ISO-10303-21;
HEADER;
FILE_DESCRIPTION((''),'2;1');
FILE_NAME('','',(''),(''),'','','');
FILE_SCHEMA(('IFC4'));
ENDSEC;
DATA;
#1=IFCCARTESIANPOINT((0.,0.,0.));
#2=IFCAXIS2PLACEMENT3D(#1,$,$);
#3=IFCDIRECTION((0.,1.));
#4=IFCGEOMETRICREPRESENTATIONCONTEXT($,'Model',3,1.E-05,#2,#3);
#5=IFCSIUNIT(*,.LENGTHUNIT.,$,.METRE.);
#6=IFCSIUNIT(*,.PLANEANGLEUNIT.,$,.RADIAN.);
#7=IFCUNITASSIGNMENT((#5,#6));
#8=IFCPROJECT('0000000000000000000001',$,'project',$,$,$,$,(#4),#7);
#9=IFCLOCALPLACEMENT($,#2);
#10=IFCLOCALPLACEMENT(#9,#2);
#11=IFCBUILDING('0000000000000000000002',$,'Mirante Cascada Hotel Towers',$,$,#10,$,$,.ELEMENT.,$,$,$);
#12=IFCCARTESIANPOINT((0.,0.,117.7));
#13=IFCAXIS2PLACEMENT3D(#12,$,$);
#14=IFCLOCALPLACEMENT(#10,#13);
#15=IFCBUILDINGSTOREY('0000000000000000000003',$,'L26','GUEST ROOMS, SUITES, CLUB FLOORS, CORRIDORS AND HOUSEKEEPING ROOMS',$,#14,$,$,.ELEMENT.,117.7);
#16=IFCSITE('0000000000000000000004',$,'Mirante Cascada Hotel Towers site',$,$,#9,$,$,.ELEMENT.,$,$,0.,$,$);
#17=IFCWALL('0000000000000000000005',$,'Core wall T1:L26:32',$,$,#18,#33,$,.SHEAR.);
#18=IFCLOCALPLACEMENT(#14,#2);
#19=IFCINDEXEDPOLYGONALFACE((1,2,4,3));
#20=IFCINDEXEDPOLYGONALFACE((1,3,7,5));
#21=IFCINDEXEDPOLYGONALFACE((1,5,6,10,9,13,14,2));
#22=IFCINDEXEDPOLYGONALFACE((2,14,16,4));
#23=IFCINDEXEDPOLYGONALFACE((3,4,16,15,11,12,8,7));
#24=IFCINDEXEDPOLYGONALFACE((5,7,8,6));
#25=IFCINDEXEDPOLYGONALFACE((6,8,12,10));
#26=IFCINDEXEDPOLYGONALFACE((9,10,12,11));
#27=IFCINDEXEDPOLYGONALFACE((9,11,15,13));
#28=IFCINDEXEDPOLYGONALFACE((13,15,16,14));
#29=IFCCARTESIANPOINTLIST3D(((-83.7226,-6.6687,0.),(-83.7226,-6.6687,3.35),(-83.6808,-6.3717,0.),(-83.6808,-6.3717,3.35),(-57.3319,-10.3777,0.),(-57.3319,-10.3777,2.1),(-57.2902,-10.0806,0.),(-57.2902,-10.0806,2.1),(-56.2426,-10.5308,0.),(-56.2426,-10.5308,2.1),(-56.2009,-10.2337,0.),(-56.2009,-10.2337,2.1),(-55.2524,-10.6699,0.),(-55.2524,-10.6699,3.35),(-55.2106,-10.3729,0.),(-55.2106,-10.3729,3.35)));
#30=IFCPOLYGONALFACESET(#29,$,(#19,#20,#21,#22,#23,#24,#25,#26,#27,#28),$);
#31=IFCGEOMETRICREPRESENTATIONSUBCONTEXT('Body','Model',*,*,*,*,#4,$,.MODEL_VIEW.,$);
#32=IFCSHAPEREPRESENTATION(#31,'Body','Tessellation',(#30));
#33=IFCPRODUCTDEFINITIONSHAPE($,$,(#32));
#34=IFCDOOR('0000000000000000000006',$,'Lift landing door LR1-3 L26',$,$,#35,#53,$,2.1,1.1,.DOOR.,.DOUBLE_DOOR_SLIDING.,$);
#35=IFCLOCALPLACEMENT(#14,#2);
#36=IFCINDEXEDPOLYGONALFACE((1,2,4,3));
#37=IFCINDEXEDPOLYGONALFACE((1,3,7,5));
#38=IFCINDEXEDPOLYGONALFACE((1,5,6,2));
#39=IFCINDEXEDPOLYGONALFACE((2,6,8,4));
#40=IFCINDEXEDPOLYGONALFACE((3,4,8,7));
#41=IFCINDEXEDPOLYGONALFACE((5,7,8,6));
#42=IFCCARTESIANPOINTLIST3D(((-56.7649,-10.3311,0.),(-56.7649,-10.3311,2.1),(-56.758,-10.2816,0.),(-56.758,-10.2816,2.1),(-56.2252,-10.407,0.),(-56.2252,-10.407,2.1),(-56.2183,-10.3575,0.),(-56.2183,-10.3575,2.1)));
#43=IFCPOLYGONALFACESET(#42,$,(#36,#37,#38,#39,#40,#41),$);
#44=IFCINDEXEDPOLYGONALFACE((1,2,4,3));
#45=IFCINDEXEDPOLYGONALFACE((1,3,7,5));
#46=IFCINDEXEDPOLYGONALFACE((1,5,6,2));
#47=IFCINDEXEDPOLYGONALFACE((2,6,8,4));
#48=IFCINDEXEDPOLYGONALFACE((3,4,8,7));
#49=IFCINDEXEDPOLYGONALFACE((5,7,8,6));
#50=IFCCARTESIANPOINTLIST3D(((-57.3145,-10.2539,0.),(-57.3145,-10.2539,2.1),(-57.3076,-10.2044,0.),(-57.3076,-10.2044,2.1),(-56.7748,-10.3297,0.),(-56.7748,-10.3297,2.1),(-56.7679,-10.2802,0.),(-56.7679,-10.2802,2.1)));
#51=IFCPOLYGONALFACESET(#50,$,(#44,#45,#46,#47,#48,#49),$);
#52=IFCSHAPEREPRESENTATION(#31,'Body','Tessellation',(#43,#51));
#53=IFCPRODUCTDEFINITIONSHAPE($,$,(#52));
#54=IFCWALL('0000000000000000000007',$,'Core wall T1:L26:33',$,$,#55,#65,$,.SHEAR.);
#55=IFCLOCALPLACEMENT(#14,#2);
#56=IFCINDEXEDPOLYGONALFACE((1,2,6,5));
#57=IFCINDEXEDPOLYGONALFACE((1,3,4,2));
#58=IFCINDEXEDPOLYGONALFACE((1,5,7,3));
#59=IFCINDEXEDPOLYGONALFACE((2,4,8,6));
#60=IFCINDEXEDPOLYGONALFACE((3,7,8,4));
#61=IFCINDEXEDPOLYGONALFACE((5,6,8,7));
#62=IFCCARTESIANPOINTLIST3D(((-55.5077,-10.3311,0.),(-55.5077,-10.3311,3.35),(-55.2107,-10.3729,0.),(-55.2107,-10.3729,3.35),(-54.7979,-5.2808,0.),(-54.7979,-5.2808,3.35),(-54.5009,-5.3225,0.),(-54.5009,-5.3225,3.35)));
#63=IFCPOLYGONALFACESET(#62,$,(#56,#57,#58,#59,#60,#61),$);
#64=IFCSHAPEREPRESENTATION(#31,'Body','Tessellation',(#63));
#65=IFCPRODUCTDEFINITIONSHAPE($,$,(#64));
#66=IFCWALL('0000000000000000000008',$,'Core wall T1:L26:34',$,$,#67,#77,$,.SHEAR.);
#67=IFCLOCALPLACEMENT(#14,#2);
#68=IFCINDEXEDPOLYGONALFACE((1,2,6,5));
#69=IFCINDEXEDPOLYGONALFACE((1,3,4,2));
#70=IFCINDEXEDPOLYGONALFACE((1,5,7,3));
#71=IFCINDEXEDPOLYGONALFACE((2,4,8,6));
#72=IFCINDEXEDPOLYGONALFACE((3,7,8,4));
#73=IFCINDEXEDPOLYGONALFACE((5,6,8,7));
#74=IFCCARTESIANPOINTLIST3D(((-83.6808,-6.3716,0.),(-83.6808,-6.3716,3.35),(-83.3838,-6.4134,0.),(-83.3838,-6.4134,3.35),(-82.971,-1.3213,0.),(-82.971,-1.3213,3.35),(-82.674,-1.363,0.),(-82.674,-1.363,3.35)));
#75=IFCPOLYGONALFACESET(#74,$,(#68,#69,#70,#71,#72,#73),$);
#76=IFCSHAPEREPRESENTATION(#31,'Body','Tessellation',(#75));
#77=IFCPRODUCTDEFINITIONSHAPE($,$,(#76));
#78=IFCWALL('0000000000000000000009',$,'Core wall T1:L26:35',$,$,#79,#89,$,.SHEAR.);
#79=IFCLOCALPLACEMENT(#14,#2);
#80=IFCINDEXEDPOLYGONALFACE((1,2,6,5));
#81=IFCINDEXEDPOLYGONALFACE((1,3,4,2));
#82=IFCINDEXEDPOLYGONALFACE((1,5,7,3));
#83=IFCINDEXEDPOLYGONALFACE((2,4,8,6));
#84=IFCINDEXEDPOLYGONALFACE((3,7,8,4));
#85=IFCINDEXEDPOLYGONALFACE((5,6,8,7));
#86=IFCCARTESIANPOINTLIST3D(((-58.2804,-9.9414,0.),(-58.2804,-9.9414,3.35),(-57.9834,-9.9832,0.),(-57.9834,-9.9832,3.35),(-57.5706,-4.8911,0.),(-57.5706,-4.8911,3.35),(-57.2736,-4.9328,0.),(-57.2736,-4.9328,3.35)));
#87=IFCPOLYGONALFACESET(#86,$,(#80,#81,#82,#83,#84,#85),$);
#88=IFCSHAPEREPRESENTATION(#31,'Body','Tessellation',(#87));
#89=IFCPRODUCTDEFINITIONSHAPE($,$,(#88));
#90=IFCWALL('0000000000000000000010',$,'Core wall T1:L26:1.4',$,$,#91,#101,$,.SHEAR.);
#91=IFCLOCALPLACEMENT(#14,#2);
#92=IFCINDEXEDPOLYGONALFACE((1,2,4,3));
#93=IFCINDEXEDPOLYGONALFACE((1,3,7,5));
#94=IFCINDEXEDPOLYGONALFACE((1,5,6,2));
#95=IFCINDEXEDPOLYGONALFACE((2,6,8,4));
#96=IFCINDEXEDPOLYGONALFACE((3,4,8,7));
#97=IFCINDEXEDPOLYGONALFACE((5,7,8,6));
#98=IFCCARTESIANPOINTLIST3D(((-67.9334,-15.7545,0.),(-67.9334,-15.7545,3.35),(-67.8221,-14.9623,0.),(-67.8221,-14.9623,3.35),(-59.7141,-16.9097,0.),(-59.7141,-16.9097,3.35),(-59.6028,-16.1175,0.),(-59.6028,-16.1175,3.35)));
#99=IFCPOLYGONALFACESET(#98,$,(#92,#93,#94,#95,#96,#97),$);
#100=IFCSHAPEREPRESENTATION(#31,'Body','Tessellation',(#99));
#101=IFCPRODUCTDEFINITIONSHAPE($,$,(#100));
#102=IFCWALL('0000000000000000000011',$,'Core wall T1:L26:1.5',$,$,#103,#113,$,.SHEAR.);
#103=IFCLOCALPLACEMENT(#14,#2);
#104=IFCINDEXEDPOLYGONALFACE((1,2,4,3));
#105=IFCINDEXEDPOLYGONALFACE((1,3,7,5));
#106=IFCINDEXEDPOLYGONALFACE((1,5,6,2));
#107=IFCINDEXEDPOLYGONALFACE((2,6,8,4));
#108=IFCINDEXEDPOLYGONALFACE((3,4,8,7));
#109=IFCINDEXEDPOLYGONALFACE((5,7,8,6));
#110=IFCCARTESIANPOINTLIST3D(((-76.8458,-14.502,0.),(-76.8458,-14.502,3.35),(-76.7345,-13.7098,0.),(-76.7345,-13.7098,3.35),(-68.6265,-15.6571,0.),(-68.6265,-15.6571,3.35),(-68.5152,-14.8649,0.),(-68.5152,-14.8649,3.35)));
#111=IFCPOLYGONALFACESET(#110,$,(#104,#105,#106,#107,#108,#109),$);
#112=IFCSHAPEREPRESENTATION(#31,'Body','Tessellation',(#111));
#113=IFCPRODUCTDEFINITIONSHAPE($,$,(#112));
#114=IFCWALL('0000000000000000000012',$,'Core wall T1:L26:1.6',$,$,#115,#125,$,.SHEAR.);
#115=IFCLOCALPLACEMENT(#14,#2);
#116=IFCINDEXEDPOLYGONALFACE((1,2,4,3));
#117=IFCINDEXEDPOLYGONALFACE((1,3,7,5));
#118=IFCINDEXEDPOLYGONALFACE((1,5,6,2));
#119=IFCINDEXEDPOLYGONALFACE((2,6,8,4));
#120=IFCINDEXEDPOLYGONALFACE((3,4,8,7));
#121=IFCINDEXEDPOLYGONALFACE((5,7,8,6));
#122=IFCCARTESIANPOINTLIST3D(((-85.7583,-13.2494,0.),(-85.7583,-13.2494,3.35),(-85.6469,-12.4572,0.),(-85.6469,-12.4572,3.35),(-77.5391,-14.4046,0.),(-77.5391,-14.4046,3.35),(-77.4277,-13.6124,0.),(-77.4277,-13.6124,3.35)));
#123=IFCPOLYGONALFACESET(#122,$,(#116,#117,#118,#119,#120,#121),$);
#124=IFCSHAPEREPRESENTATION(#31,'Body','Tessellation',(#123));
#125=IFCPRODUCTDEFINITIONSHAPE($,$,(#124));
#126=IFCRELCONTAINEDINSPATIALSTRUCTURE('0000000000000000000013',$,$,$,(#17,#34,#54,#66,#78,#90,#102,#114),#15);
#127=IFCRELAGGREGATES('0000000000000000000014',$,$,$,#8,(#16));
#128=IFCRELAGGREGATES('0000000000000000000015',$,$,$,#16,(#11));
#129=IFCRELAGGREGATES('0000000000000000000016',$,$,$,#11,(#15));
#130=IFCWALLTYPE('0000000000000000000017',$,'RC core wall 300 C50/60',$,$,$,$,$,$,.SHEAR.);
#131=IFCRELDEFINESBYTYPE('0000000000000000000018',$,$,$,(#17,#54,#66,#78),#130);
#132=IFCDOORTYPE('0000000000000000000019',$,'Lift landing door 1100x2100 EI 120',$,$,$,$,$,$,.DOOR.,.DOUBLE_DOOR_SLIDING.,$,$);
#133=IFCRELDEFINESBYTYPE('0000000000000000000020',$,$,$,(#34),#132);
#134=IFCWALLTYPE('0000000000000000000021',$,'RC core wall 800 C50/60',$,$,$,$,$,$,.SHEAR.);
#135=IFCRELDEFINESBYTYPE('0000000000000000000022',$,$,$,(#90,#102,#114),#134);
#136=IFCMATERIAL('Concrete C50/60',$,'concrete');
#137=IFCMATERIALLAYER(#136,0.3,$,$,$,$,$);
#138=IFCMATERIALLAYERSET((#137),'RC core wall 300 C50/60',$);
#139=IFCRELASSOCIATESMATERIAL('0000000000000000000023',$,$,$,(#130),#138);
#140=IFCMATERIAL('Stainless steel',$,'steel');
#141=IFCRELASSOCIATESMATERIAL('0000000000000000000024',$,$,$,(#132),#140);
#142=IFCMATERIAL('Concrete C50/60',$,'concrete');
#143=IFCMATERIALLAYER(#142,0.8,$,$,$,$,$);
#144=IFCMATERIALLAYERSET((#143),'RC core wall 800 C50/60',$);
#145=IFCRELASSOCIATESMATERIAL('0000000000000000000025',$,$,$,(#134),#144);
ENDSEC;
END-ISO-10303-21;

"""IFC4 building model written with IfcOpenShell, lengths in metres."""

from ifc_helpers import new_model, si_unit, direction, frame, frame_2d, origin, place, context, subcontext, project, spatial, rectangle, extrude, material, layer, layer_set, type_object, element, fill, save


model = new_model("IFC4")

# Units and contexts
model_context = context("Model", 3, precision=1e-05, world=origin(), true_north=direction((0.0, 1.0)))
body_context = subcontext(model_context, "Body", "Model", "MODEL_VIEW")
ifc_project = project(units=[si_unit("LENGTHUNIT", "METRE"), si_unit("PLANEANGLEUNIT", "RADIAN")], contexts=[model_context])

# Site, building, storey
site_placement = place(None, origin())
site = spatial("IfcSite", under=ifc_project, at=site_placement, Name="Mirante Cascada Hotel Towers site", CompositionType="ELEMENT", RefElevation=0.0)
building_placement = place(site_placement, origin())
building = spatial("IfcBuilding", under=site, at=building_placement, Name="Mirante Cascada Hotel Towers", CompositionType="ELEMENT")
storey_placement = place(building_placement, frame((0.0, 0.0, 117.7)))
storey = spatial("IfcBuildingStorey", under=building, at=storey_placement, Name="L26", Description="GUEST ROOMS, SUITES, CLUB FLOORS, CORRIDORS AND HOUSEKEEPING ROOMS", CompositionType="ELEMENT", Elevation=117.7)

# Shared definitions
ifc_material_1 = material(Name="Concrete C50/60", Category="concrete")
ifc_layer_1 = layer(ifc_material_1, 0.3)
ifc_layer_set_1 = layer_set([ifc_layer_1], Name="RC core wall 300 C50/60")
wall_type_1 = type_object("IfcWallType", Name="RC core wall 300 C50/60", PredefinedType="SHEAR", material=ifc_layer_set_1)

# Wall, opening, door
wall_1_placement = place(storey_placement, frame((-55.2315, -10.5214, 0.0), z_axis=(0.0, 0.0, 1.0), x_axis=(-0.990268, 0.139172, 0.0)))
wall_1 = element("IfcWall", 1, at=wall_1_placement, inside=storey, type_object=wall_type_1, Name="Core wall T1:L26:32", PredefinedType="SHEAR", context=body_context, shape_type="SweptSolid", body=[
    extrude(rectangle(XDim=28.75, YDim=0.3, at=frame_2d((14.375, 0.0))), origin(), (0.0, 0.0, 1.0), 3.35),
])
opening_1_placement = place(wall_1_placement, frame((1.0, 0.0, 0.0)))
opening_1 = element("IfcOpeningElement", 2, at=opening_1_placement, cuts=wall_1, PredefinedType="OPENING", context=body_context, shape_type="SweptSolid", body=[
    extrude(rectangle(XDim=1.1, YDim=2.1, at=frame_2d((0.55, 1.05))), frame((0.0, 0.15, 0.0), z_axis=(0.0, -1.0, 0.0), x_axis=(1.0, 0.0, 0.0)), (0.0, 0.0, 1.0), 0.3),
])
ifc_material_2 = material(Name="Stainless steel", Category="steel")
door_type_1 = type_object("IfcDoorType", Name="Lift landing door 1100x2100 EI 120", OperationType="DOUBLE_DOOR_SLIDING", PredefinedType="DOOR", material=ifc_material_2)
door_1_placement = place(opening_1_placement, origin())
door_1 = element("IfcDoor", 3, at=door_1_placement, inside=storey, type_object=door_type_1, Name="Lift landing door LR1-3 L26", OperationType="DOUBLE_DOOR_SLIDING", OverallHeight=2.1, OverallWidth=1.1, PredefinedType="DOOR", context=body_context, shape_type="SweptSolid", body=[
    extrude(rectangle(XDim=0.545, YDim=2.1, at=frame_2d((0.2725, 1.05))), frame((0.0, 0.025, 0.0), z_axis=(0.0, -1.0, 0.0), x_axis=(1.0, 0.0, 0.0)), (0.0, 0.0, 1.0), 0.05),
    extrude(rectangle(XDim=0.545, YDim=2.1, at=frame_2d((0.8275, 1.05))), frame((0.0, 0.025, 0.0), z_axis=(0.0, -1.0, 0.0), x_axis=(1.0, 0.0, 0.0)), (0.0, 0.0, 1.0), 0.05),
])
fill(opening_1, door_1)

# Walls
for number, where, z_axis, x_axis, name in (
    (4, (-55.3592, -10.352, 0.0), (0.0, 0.0, 1.0), (0.139176, 0.990268, 0.0), "Core wall T1:L26:33"),
    (5, (-83.5323, -6.3925, 0.0), (0.0, 0.0, 1.0), (0.139176, 0.990268, 0.0), "Core wall T1:L26:34"),
    (6, (-58.1319, -9.9623, 0.0), (0.0, 0.0, 1.0), (0.139176, 0.990268, 0.0), "Core wall T1:L26:35"),
):
    element("IfcWall", number, at=place(storey_placement, frame(where, z_axis=z_axis, x_axis=x_axis)), inside=storey, type_object=wall_type_1, Name=name, PredefinedType="SHEAR", context=body_context, shape_type="SweptSolid", body=[
        extrude(rectangle(XDim=5.1, YDim=0.3, at=frame_2d((2.55, 0.0))), origin(), (0.0, 0.0, 1.0), 3.35),
    ])
ifc_material_3 = material(Name="Concrete C50/60", Category="concrete")
ifc_layer_2 = layer(ifc_material_3, 0.8)
ifc_layer_set_2 = layer_set([ifc_layer_2], Name="RC core wall 800 C50/60")
wall_type_2 = type_object("IfcWallType", Name="RC core wall 800 C50/60", PredefinedType="SHEAR", material=ifc_layer_set_2)
for number, where, z_axis, x_axis, name in (
    (7, (-59.6585, -16.5136, 0.0), (0.0, 0.0, 1.0), (-0.990267, 0.139179, 0.0), "Core wall T1:L26:1.4"),
    (8, (-68.5709, -15.261, 0.0), (0.0, 0.0, 1.0), (-0.990269, 0.139167, 0.0), "Core wall T1:L26:1.5"),
):
    element("IfcWall", number, at=place(storey_placement, frame(where, z_axis=z_axis, x_axis=x_axis)), inside=storey, type_object=wall_type_2, Name=name, PredefinedType="SHEAR", context=body_context, shape_type="SweptSolid", body=[
        extrude(rectangle(XDim=8.3001, YDim=0.8, at=frame_2d((4.15, 0.0))), origin(), (0.0, 0.0, 1.0), 3.35),
    ])
wall_2_placement = place(storey_placement, frame((-77.4834, -14.0085, 0.0), z_axis=(0.0, 0.0, 1.0), x_axis=(-0.990267, 0.139181, 0.0)))
element("IfcWall", 9, at=wall_2_placement, inside=storey, type_object=wall_type_2, Name="Core wall T1:L26:1.6", PredefinedType="SHEAR", context=body_context, shape_type="SweptSolid", body=[
    extrude(rectangle(XDim=8.3, YDim=0.8, at=frame_2d((4.15, 0.0))), origin(), (0.0, 0.0, 1.0), 3.35),
])

save(model, "model.ifc")
